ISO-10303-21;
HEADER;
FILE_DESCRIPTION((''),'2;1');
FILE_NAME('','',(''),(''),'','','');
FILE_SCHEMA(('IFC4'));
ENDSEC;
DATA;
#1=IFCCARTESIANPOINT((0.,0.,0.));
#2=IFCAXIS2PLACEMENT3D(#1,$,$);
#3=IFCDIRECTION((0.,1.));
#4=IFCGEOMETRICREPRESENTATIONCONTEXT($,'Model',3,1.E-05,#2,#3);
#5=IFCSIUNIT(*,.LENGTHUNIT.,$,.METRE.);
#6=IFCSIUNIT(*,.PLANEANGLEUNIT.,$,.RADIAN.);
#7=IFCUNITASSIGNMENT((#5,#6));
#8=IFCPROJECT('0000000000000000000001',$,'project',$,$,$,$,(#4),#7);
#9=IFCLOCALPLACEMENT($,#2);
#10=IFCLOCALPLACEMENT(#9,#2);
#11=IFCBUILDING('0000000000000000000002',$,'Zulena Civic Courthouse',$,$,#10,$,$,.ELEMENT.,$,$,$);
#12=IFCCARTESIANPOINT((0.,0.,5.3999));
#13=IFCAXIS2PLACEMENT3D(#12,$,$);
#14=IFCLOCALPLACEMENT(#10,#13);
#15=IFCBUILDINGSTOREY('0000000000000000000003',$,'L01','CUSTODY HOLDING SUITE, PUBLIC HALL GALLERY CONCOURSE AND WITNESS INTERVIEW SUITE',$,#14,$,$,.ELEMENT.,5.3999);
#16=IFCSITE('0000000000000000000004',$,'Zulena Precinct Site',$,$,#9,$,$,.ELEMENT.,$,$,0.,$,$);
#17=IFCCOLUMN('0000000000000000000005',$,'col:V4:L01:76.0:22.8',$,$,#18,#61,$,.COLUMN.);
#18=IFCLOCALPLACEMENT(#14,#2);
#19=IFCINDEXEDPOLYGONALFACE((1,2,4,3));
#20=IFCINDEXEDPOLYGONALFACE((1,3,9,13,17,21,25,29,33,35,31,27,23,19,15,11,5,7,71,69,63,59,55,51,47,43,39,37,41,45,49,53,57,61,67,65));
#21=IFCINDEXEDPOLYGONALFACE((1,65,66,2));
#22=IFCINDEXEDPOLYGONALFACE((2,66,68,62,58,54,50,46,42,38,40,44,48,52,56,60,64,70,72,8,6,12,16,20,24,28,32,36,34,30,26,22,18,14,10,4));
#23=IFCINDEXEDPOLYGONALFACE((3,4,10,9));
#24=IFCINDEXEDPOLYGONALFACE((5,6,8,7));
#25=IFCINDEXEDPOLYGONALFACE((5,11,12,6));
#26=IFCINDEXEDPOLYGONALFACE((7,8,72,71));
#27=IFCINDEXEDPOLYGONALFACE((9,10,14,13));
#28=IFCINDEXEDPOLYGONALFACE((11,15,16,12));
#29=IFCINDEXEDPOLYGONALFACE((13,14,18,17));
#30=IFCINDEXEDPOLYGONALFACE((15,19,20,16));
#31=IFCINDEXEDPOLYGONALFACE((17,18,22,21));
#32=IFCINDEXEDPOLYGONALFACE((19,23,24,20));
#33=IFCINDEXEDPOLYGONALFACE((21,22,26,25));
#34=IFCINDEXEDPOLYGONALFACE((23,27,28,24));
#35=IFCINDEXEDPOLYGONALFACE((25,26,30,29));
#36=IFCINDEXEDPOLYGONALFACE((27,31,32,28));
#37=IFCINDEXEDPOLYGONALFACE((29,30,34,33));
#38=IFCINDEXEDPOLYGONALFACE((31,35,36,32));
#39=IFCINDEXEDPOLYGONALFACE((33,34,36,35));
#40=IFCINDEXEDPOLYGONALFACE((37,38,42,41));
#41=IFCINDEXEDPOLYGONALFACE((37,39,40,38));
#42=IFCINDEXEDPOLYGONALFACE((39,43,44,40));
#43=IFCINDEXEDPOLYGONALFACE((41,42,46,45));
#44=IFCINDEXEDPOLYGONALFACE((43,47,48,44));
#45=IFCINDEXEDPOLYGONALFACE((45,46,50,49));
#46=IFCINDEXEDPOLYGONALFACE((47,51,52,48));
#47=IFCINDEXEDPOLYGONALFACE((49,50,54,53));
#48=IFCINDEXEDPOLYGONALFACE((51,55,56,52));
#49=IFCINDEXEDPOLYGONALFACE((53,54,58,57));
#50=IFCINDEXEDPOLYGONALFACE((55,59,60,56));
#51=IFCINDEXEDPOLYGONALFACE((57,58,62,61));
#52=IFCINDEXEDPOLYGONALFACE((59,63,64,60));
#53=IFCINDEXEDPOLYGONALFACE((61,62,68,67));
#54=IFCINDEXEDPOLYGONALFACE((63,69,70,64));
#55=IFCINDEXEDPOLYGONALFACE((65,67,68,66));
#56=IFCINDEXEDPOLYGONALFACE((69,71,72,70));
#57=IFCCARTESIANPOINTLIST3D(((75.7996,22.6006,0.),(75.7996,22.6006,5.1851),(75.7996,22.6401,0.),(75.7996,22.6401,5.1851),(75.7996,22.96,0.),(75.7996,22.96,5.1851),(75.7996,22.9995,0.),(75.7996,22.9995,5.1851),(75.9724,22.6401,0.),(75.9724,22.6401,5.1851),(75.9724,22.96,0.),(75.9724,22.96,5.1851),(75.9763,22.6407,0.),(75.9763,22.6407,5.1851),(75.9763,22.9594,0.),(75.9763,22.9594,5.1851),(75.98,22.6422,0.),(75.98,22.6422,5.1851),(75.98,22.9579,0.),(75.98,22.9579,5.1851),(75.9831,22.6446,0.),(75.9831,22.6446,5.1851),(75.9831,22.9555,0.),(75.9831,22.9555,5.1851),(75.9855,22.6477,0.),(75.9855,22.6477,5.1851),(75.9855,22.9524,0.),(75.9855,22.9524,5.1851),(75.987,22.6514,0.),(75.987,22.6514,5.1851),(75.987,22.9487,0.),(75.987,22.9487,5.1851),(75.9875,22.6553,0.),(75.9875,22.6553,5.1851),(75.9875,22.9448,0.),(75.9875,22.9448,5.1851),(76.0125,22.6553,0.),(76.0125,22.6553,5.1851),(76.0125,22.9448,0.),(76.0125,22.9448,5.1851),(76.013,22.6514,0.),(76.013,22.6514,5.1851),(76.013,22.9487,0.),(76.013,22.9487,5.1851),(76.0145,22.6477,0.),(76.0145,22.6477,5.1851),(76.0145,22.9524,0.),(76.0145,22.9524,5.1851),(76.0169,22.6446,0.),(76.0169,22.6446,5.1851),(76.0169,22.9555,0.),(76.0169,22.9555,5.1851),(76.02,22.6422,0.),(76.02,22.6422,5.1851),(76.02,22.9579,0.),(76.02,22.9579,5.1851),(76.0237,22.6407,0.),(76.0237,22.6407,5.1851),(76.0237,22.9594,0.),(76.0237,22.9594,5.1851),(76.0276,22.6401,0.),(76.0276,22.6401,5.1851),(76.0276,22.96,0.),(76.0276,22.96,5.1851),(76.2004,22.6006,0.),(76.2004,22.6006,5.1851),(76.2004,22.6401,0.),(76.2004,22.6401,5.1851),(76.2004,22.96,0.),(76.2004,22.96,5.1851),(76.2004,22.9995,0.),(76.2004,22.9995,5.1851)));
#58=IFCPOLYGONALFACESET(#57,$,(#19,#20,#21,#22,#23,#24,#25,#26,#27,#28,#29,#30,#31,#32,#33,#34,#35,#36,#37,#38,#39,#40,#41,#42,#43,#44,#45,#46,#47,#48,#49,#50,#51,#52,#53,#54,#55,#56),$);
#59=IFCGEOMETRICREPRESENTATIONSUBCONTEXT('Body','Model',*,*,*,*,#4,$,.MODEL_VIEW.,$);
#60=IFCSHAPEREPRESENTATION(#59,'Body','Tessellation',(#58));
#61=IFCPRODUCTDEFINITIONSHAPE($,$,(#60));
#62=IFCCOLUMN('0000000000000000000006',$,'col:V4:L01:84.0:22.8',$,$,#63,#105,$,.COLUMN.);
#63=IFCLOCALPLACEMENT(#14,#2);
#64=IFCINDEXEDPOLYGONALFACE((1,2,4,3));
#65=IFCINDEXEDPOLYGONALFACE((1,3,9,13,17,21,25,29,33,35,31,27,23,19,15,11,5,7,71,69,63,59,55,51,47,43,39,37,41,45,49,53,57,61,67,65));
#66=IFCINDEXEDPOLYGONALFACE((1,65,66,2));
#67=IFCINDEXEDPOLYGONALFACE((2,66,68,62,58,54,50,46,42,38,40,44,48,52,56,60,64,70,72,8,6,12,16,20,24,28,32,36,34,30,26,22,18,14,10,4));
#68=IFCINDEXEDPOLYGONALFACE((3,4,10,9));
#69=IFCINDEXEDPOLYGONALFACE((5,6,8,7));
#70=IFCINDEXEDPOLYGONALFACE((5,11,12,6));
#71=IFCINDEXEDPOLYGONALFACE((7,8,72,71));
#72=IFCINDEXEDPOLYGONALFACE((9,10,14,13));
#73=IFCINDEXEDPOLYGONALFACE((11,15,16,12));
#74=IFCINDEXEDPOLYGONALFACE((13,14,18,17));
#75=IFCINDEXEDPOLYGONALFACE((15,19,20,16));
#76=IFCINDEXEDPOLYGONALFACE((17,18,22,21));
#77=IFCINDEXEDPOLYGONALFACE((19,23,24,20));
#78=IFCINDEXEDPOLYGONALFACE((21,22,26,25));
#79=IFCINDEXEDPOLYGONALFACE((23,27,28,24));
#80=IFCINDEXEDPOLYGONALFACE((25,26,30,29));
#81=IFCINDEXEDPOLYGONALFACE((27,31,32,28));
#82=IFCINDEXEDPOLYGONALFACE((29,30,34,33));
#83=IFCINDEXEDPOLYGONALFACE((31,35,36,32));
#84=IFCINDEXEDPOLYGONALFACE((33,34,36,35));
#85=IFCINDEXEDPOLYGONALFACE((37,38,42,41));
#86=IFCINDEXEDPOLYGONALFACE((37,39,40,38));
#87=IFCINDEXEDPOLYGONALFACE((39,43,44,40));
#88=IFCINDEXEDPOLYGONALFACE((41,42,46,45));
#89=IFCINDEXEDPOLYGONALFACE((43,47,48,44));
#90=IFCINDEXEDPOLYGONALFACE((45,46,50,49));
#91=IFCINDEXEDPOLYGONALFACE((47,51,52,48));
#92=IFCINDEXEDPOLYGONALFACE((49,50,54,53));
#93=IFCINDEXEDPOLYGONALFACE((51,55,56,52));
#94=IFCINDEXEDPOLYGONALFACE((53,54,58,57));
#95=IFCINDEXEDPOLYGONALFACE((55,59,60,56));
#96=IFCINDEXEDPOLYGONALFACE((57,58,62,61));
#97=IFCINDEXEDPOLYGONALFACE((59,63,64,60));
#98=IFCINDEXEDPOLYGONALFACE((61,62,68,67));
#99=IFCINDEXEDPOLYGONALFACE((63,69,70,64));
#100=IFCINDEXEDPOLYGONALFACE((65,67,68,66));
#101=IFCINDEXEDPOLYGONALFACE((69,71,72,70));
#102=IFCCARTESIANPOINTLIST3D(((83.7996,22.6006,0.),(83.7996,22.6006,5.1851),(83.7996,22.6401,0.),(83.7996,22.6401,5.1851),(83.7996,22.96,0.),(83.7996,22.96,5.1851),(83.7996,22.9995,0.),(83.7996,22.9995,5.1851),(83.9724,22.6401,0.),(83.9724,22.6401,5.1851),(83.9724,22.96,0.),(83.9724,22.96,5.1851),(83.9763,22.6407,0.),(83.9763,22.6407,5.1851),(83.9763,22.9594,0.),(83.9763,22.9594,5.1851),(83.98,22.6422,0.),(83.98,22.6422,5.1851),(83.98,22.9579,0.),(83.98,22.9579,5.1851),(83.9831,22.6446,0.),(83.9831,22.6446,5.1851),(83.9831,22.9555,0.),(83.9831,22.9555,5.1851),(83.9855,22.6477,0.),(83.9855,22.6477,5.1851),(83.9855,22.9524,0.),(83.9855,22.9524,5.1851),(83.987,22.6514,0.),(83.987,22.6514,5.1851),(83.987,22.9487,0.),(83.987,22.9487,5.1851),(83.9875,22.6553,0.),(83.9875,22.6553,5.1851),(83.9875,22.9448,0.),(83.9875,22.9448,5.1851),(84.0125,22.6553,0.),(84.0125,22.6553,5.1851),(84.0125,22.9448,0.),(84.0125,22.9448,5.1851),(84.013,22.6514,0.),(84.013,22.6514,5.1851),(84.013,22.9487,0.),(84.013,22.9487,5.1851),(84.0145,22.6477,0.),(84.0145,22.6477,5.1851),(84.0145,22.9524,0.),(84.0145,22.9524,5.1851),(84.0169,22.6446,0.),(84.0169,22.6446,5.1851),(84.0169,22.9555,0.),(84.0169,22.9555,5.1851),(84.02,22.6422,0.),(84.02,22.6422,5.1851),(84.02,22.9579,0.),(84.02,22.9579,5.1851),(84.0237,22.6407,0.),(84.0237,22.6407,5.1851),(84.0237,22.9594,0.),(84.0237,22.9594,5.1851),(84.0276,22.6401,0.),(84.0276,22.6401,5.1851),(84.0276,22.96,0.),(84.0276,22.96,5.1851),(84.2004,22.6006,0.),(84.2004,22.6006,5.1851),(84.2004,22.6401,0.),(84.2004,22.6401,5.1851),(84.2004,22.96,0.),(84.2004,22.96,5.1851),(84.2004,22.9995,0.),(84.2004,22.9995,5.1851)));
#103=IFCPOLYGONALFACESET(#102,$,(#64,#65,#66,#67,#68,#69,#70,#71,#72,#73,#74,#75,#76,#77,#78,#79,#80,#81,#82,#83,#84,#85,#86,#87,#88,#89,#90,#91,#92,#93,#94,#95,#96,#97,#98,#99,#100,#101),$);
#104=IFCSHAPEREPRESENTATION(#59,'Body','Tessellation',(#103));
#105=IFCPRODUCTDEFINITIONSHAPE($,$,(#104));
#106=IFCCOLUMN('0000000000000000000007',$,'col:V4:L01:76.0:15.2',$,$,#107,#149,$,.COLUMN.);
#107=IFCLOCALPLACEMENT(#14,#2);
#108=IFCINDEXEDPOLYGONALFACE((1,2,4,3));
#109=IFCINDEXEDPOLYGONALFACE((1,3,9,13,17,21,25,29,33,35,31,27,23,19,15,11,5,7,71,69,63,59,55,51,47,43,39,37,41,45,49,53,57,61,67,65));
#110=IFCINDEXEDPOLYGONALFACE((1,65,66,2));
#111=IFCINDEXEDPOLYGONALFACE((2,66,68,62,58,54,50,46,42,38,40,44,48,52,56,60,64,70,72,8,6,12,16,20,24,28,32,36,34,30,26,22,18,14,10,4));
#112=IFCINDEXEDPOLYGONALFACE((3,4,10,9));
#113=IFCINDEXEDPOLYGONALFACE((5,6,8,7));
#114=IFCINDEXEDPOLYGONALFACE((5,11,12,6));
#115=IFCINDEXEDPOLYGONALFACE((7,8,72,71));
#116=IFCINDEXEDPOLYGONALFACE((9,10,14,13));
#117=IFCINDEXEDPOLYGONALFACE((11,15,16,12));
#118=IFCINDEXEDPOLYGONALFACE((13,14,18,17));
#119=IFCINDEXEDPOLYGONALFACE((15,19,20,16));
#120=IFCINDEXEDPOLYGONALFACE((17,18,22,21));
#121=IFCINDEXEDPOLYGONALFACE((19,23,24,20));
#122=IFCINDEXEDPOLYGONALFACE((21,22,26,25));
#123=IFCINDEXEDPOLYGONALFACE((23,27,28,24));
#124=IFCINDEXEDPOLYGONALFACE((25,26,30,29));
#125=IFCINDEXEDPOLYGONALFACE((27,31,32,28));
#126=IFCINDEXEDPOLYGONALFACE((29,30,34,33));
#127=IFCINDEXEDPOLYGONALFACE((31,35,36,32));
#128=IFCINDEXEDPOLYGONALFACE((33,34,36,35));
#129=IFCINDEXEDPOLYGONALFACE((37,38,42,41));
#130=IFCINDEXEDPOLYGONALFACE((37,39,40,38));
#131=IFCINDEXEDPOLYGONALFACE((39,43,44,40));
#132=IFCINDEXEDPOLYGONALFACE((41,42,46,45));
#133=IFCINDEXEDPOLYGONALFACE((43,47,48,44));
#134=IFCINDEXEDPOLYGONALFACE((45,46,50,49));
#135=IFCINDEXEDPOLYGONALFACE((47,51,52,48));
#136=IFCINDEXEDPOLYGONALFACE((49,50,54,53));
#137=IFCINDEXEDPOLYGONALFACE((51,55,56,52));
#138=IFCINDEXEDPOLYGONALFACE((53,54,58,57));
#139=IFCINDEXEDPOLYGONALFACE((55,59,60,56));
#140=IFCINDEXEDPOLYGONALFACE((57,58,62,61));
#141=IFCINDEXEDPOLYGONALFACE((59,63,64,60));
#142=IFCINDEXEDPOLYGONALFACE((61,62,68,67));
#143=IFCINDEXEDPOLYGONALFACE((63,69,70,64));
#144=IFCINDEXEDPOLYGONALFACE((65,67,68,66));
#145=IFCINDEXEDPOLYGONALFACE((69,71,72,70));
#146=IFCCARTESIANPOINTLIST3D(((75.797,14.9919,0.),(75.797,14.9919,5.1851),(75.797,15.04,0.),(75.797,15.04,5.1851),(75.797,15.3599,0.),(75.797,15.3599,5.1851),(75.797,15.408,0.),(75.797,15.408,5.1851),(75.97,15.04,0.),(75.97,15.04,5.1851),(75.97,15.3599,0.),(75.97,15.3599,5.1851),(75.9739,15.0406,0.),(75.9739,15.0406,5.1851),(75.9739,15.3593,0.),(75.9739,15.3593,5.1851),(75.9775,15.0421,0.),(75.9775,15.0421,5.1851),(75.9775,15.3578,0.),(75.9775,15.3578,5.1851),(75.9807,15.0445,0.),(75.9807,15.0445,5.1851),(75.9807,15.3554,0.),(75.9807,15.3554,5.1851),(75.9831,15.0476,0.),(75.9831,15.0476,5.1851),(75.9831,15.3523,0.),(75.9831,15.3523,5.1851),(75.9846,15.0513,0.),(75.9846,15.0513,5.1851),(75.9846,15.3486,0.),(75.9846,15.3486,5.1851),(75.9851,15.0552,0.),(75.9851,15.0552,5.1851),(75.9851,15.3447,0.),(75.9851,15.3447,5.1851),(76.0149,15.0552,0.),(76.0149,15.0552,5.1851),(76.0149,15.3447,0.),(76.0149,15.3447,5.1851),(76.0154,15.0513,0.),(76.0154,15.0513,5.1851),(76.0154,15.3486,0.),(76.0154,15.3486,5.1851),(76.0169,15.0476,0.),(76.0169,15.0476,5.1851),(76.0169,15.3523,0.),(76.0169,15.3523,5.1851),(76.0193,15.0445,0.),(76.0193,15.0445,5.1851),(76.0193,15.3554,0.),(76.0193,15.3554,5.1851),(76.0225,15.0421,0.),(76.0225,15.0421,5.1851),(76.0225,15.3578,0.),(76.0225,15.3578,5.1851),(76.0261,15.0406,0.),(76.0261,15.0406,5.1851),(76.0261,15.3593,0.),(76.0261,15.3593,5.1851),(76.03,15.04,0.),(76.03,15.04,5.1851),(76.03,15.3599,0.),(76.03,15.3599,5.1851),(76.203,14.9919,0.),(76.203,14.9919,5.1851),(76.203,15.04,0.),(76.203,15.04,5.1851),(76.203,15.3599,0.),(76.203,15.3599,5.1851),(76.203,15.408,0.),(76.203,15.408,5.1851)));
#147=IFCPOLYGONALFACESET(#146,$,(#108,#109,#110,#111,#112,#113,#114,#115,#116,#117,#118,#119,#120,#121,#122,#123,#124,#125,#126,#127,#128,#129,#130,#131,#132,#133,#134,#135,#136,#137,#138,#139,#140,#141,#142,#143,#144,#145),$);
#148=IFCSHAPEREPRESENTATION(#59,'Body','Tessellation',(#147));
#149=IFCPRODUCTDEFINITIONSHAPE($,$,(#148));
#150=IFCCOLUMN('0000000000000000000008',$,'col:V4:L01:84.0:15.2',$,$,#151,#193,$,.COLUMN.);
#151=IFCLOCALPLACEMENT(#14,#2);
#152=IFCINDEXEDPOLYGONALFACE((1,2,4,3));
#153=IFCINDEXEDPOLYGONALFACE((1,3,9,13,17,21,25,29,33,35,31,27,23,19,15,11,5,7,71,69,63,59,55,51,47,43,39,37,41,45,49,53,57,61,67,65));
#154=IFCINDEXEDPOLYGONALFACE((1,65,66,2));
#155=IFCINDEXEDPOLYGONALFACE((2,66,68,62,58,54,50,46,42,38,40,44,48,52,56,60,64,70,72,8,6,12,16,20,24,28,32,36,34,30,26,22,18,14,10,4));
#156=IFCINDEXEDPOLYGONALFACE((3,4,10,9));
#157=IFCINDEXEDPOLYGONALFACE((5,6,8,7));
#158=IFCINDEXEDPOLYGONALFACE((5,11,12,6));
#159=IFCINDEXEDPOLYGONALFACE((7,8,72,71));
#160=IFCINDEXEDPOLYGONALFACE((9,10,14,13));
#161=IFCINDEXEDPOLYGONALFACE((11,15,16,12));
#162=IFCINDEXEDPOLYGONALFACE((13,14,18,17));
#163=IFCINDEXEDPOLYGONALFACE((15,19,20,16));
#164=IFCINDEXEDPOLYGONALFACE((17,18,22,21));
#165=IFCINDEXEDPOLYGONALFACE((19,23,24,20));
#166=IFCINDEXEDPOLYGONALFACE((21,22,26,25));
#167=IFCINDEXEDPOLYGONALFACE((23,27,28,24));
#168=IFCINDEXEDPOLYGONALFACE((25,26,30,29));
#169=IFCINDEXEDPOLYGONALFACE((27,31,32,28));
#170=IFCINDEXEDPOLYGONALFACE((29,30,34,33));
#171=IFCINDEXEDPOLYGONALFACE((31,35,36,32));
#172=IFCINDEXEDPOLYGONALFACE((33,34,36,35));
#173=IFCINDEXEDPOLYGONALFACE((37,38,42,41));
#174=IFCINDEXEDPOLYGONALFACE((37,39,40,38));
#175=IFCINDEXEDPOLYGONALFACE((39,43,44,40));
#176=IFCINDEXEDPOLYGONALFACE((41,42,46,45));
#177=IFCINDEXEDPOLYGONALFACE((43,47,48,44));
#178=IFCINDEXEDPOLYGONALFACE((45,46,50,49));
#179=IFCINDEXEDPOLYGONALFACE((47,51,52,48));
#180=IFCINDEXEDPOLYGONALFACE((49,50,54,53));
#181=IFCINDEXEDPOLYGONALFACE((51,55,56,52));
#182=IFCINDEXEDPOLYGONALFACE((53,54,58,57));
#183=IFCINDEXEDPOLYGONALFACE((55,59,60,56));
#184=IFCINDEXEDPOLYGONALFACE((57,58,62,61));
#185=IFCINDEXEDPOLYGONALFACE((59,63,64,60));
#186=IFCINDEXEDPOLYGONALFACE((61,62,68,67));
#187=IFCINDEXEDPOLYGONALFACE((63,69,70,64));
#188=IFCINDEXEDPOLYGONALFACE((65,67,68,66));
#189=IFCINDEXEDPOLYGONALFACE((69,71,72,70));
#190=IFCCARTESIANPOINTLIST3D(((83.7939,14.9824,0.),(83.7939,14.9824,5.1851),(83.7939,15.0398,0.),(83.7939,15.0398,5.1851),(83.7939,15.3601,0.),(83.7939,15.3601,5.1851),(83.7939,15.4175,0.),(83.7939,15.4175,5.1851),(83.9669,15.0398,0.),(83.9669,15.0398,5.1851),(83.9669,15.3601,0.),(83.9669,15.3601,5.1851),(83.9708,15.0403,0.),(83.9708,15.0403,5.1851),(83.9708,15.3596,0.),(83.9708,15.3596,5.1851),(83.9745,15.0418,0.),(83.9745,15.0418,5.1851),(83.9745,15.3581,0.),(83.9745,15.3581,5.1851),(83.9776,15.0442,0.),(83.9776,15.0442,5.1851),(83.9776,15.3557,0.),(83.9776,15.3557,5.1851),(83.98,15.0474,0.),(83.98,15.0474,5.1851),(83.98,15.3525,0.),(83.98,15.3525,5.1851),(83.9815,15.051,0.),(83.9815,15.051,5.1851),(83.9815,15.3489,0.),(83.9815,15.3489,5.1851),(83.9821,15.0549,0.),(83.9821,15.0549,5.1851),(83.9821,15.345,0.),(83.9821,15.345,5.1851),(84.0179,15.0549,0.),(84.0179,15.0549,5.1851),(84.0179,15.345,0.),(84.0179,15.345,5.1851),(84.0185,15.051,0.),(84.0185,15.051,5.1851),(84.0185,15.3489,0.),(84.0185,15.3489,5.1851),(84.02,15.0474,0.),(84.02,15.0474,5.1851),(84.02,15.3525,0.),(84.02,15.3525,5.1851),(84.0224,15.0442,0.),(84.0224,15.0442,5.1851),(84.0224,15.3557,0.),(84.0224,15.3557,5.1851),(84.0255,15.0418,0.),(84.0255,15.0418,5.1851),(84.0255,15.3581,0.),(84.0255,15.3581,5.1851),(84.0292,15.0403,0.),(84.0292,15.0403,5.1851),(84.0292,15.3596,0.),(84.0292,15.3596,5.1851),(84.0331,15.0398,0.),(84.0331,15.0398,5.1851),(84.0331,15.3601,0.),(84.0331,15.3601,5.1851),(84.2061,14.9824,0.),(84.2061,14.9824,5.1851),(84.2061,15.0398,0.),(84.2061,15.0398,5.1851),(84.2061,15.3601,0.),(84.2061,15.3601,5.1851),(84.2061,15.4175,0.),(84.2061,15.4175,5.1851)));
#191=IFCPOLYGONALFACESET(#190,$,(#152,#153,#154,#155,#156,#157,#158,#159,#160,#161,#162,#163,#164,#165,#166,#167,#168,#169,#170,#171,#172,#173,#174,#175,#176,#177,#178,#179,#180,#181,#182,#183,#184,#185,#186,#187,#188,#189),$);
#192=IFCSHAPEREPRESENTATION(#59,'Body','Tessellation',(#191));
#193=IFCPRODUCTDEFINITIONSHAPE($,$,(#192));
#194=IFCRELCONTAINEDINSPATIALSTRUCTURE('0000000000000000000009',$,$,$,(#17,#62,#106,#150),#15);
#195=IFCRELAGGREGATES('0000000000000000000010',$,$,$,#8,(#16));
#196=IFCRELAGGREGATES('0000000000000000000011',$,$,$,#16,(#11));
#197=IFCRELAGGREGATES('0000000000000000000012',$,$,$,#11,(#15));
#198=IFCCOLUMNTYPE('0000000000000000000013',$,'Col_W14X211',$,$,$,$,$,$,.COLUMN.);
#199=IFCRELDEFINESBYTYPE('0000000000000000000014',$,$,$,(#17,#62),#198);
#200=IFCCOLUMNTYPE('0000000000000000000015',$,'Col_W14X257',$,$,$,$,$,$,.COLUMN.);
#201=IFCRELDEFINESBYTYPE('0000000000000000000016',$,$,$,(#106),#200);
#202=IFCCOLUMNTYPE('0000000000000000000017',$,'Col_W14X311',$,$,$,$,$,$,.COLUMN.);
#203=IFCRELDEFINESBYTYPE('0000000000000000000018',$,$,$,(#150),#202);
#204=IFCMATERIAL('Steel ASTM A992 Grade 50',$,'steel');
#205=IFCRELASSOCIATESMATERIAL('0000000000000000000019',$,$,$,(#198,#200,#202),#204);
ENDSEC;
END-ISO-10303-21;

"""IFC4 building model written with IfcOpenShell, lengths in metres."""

from ifc_helpers import new_model, si_unit, direction, frame, origin, origin_2d, place, context, subcontext, project, spatial, i_section, extrude, material, material_profile, profile_set, type_object, element, save


model = new_model("IFC4")

# Units and contexts
model_context = context("Model", 3, precision=1e-05, world=origin(), true_north=direction((0.0, 1.0)))
body_context = subcontext(model_context, "Body", "Model", "MODEL_VIEW")
ifc_project = project(units=[si_unit("LENGTHUNIT", "METRE"), si_unit("PLANEANGLEUNIT", "RADIAN")], contexts=[model_context])

# Site, building, storey
site_placement = place(None, origin())
site = spatial("IfcSite", under=ifc_project, at=site_placement, Name="Zulena Precinct Site", CompositionType="ELEMENT", RefElevation=0.0)
building_placement = place(site_placement, origin())
building = spatial("IfcBuilding", under=site, at=building_placement, Name="Zulena Civic Courthouse", CompositionType="ELEMENT")
storey_placement = place(building_placement, frame((0.0, 0.0, 5.3999)))
storey = spatial("IfcBuildingStorey", under=building, at=storey_placement, Name="L01", Description="CUSTODY HOLDING SUITE, PUBLIC HALL GALLERY CONCOURSE AND WITNESS INTERVIEW SUITE", CompositionType="ELEMENT", Elevation=5.3999)

# Columns
ifc_material_1 = material(Name="Steel ASTM A992 Grade 50", Category="steel")
ifc_material_profile_1 = material_profile(ifc_material_1, i_section(OverallWidth=0.4009, OverallDepth=0.3989, WebThickness=0.0249, FlangeThickness=0.0396, FilletRadius=0.0151, at=origin_2d()), Name="W14X211")
ifc_profile_set_1 = profile_set([ifc_material_profile_1], Name="Steel ASTM A992 Grade 50")
column_type_1 = type_object("IfcColumnType", Name="Col_W14X211", PredefinedType="COLUMN", material=ifc_profile_set_1)
for number, where, z_axis, x_axis, name in (
    (1, (76.0, 22.8, 0.0), (0.0, 0.0, 1.0), (1.0, 0.0, 0.0), "col:V4:L01:76.0:22.8"),
    (2, (84.0, 22.8, 0.0), (0.0, 0.0, 1.0), (1.0, 0.0, 0.0), "col:V4:L01:84.0:22.8"),
):
    element("IfcColumn", number, at=place(storey_placement, frame(where, z_axis=z_axis, x_axis=x_axis)), inside=storey, type_object=column_type_1, Name=name, PredefinedType="COLUMN", context=body_context, shape_type="SweptSolid", body=[
        extrude(i_section(OverallWidth=0.4009, OverallDepth=0.3989, WebThickness=0.0249, FlangeThickness=0.0396, FilletRadius=0.0151, at=origin_2d()), origin(), (0.0, 0.0, 1.0), 5.1851),
    ])
ifc_material_profile_2 = material_profile(ifc_material_1, i_section(OverallWidth=0.406, OverallDepth=0.416, WebThickness=0.0298, FlangeThickness=0.0481, FilletRadius=0.0151, at=origin_2d()), Name="W14X257")
ifc_profile_set_2 = profile_set([ifc_material_profile_2], Name="Steel ASTM A992 Grade 50")
column_type_2 = type_object("IfcColumnType", Name="Col_W14X257", PredefinedType="COLUMN", material=ifc_profile_set_2)
column_1_placement = place(storey_placement, frame((76.0, 15.2, 0.0), z_axis=(0.0, 0.0, 1.0), x_axis=(1.0, 0.0, 0.0)))
element("IfcColumn", 3, at=column_1_placement, inside=storey, type_object=column_type_2, Name="col:V4:L01:76.0:15.2", PredefinedType="COLUMN", context=body_context, shape_type="SweptSolid", body=[
    extrude(i_section(OverallWidth=0.406, OverallDepth=0.416, WebThickness=0.0298, FlangeThickness=0.0481, FilletRadius=0.0151, at=origin_2d()), origin(), (0.0, 0.0, 1.0), 5.1851),
])
ifc_material_profile_3 = material_profile(ifc_material_1, i_section(OverallWidth=0.4121, OverallDepth=0.4351, WebThickness=0.0359, FlangeThickness=0.0574, FilletRadius=0.0151, at=origin_2d()), Name="W14X311")
ifc_profile_set_3 = profile_set([ifc_material_profile_3], Name="Steel ASTM A992 Grade 50")
column_type_3 = type_object("IfcColumnType", Name="Col_W14X311", PredefinedType="COLUMN", material=ifc_profile_set_3)
column_2_placement = place(storey_placement, frame((84.0, 15.2, 0.0), z_axis=(0.0, 0.0, 1.0), x_axis=(1.0, 0.0, 0.0)))
element("IfcColumn", 4, at=column_2_placement, inside=storey, type_object=column_type_3, Name="col:V4:L01:84.0:15.2", PredefinedType="COLUMN", context=body_context, shape_type="SweptSolid", body=[
    extrude(i_section(OverallWidth=0.4121, OverallDepth=0.4351, WebThickness=0.0359, FlangeThickness=0.0574, FilletRadius=0.0151, at=origin_2d()), origin(), (0.0, 0.0, 1.0), 5.1851),
])

save(model, "model.ifc")
